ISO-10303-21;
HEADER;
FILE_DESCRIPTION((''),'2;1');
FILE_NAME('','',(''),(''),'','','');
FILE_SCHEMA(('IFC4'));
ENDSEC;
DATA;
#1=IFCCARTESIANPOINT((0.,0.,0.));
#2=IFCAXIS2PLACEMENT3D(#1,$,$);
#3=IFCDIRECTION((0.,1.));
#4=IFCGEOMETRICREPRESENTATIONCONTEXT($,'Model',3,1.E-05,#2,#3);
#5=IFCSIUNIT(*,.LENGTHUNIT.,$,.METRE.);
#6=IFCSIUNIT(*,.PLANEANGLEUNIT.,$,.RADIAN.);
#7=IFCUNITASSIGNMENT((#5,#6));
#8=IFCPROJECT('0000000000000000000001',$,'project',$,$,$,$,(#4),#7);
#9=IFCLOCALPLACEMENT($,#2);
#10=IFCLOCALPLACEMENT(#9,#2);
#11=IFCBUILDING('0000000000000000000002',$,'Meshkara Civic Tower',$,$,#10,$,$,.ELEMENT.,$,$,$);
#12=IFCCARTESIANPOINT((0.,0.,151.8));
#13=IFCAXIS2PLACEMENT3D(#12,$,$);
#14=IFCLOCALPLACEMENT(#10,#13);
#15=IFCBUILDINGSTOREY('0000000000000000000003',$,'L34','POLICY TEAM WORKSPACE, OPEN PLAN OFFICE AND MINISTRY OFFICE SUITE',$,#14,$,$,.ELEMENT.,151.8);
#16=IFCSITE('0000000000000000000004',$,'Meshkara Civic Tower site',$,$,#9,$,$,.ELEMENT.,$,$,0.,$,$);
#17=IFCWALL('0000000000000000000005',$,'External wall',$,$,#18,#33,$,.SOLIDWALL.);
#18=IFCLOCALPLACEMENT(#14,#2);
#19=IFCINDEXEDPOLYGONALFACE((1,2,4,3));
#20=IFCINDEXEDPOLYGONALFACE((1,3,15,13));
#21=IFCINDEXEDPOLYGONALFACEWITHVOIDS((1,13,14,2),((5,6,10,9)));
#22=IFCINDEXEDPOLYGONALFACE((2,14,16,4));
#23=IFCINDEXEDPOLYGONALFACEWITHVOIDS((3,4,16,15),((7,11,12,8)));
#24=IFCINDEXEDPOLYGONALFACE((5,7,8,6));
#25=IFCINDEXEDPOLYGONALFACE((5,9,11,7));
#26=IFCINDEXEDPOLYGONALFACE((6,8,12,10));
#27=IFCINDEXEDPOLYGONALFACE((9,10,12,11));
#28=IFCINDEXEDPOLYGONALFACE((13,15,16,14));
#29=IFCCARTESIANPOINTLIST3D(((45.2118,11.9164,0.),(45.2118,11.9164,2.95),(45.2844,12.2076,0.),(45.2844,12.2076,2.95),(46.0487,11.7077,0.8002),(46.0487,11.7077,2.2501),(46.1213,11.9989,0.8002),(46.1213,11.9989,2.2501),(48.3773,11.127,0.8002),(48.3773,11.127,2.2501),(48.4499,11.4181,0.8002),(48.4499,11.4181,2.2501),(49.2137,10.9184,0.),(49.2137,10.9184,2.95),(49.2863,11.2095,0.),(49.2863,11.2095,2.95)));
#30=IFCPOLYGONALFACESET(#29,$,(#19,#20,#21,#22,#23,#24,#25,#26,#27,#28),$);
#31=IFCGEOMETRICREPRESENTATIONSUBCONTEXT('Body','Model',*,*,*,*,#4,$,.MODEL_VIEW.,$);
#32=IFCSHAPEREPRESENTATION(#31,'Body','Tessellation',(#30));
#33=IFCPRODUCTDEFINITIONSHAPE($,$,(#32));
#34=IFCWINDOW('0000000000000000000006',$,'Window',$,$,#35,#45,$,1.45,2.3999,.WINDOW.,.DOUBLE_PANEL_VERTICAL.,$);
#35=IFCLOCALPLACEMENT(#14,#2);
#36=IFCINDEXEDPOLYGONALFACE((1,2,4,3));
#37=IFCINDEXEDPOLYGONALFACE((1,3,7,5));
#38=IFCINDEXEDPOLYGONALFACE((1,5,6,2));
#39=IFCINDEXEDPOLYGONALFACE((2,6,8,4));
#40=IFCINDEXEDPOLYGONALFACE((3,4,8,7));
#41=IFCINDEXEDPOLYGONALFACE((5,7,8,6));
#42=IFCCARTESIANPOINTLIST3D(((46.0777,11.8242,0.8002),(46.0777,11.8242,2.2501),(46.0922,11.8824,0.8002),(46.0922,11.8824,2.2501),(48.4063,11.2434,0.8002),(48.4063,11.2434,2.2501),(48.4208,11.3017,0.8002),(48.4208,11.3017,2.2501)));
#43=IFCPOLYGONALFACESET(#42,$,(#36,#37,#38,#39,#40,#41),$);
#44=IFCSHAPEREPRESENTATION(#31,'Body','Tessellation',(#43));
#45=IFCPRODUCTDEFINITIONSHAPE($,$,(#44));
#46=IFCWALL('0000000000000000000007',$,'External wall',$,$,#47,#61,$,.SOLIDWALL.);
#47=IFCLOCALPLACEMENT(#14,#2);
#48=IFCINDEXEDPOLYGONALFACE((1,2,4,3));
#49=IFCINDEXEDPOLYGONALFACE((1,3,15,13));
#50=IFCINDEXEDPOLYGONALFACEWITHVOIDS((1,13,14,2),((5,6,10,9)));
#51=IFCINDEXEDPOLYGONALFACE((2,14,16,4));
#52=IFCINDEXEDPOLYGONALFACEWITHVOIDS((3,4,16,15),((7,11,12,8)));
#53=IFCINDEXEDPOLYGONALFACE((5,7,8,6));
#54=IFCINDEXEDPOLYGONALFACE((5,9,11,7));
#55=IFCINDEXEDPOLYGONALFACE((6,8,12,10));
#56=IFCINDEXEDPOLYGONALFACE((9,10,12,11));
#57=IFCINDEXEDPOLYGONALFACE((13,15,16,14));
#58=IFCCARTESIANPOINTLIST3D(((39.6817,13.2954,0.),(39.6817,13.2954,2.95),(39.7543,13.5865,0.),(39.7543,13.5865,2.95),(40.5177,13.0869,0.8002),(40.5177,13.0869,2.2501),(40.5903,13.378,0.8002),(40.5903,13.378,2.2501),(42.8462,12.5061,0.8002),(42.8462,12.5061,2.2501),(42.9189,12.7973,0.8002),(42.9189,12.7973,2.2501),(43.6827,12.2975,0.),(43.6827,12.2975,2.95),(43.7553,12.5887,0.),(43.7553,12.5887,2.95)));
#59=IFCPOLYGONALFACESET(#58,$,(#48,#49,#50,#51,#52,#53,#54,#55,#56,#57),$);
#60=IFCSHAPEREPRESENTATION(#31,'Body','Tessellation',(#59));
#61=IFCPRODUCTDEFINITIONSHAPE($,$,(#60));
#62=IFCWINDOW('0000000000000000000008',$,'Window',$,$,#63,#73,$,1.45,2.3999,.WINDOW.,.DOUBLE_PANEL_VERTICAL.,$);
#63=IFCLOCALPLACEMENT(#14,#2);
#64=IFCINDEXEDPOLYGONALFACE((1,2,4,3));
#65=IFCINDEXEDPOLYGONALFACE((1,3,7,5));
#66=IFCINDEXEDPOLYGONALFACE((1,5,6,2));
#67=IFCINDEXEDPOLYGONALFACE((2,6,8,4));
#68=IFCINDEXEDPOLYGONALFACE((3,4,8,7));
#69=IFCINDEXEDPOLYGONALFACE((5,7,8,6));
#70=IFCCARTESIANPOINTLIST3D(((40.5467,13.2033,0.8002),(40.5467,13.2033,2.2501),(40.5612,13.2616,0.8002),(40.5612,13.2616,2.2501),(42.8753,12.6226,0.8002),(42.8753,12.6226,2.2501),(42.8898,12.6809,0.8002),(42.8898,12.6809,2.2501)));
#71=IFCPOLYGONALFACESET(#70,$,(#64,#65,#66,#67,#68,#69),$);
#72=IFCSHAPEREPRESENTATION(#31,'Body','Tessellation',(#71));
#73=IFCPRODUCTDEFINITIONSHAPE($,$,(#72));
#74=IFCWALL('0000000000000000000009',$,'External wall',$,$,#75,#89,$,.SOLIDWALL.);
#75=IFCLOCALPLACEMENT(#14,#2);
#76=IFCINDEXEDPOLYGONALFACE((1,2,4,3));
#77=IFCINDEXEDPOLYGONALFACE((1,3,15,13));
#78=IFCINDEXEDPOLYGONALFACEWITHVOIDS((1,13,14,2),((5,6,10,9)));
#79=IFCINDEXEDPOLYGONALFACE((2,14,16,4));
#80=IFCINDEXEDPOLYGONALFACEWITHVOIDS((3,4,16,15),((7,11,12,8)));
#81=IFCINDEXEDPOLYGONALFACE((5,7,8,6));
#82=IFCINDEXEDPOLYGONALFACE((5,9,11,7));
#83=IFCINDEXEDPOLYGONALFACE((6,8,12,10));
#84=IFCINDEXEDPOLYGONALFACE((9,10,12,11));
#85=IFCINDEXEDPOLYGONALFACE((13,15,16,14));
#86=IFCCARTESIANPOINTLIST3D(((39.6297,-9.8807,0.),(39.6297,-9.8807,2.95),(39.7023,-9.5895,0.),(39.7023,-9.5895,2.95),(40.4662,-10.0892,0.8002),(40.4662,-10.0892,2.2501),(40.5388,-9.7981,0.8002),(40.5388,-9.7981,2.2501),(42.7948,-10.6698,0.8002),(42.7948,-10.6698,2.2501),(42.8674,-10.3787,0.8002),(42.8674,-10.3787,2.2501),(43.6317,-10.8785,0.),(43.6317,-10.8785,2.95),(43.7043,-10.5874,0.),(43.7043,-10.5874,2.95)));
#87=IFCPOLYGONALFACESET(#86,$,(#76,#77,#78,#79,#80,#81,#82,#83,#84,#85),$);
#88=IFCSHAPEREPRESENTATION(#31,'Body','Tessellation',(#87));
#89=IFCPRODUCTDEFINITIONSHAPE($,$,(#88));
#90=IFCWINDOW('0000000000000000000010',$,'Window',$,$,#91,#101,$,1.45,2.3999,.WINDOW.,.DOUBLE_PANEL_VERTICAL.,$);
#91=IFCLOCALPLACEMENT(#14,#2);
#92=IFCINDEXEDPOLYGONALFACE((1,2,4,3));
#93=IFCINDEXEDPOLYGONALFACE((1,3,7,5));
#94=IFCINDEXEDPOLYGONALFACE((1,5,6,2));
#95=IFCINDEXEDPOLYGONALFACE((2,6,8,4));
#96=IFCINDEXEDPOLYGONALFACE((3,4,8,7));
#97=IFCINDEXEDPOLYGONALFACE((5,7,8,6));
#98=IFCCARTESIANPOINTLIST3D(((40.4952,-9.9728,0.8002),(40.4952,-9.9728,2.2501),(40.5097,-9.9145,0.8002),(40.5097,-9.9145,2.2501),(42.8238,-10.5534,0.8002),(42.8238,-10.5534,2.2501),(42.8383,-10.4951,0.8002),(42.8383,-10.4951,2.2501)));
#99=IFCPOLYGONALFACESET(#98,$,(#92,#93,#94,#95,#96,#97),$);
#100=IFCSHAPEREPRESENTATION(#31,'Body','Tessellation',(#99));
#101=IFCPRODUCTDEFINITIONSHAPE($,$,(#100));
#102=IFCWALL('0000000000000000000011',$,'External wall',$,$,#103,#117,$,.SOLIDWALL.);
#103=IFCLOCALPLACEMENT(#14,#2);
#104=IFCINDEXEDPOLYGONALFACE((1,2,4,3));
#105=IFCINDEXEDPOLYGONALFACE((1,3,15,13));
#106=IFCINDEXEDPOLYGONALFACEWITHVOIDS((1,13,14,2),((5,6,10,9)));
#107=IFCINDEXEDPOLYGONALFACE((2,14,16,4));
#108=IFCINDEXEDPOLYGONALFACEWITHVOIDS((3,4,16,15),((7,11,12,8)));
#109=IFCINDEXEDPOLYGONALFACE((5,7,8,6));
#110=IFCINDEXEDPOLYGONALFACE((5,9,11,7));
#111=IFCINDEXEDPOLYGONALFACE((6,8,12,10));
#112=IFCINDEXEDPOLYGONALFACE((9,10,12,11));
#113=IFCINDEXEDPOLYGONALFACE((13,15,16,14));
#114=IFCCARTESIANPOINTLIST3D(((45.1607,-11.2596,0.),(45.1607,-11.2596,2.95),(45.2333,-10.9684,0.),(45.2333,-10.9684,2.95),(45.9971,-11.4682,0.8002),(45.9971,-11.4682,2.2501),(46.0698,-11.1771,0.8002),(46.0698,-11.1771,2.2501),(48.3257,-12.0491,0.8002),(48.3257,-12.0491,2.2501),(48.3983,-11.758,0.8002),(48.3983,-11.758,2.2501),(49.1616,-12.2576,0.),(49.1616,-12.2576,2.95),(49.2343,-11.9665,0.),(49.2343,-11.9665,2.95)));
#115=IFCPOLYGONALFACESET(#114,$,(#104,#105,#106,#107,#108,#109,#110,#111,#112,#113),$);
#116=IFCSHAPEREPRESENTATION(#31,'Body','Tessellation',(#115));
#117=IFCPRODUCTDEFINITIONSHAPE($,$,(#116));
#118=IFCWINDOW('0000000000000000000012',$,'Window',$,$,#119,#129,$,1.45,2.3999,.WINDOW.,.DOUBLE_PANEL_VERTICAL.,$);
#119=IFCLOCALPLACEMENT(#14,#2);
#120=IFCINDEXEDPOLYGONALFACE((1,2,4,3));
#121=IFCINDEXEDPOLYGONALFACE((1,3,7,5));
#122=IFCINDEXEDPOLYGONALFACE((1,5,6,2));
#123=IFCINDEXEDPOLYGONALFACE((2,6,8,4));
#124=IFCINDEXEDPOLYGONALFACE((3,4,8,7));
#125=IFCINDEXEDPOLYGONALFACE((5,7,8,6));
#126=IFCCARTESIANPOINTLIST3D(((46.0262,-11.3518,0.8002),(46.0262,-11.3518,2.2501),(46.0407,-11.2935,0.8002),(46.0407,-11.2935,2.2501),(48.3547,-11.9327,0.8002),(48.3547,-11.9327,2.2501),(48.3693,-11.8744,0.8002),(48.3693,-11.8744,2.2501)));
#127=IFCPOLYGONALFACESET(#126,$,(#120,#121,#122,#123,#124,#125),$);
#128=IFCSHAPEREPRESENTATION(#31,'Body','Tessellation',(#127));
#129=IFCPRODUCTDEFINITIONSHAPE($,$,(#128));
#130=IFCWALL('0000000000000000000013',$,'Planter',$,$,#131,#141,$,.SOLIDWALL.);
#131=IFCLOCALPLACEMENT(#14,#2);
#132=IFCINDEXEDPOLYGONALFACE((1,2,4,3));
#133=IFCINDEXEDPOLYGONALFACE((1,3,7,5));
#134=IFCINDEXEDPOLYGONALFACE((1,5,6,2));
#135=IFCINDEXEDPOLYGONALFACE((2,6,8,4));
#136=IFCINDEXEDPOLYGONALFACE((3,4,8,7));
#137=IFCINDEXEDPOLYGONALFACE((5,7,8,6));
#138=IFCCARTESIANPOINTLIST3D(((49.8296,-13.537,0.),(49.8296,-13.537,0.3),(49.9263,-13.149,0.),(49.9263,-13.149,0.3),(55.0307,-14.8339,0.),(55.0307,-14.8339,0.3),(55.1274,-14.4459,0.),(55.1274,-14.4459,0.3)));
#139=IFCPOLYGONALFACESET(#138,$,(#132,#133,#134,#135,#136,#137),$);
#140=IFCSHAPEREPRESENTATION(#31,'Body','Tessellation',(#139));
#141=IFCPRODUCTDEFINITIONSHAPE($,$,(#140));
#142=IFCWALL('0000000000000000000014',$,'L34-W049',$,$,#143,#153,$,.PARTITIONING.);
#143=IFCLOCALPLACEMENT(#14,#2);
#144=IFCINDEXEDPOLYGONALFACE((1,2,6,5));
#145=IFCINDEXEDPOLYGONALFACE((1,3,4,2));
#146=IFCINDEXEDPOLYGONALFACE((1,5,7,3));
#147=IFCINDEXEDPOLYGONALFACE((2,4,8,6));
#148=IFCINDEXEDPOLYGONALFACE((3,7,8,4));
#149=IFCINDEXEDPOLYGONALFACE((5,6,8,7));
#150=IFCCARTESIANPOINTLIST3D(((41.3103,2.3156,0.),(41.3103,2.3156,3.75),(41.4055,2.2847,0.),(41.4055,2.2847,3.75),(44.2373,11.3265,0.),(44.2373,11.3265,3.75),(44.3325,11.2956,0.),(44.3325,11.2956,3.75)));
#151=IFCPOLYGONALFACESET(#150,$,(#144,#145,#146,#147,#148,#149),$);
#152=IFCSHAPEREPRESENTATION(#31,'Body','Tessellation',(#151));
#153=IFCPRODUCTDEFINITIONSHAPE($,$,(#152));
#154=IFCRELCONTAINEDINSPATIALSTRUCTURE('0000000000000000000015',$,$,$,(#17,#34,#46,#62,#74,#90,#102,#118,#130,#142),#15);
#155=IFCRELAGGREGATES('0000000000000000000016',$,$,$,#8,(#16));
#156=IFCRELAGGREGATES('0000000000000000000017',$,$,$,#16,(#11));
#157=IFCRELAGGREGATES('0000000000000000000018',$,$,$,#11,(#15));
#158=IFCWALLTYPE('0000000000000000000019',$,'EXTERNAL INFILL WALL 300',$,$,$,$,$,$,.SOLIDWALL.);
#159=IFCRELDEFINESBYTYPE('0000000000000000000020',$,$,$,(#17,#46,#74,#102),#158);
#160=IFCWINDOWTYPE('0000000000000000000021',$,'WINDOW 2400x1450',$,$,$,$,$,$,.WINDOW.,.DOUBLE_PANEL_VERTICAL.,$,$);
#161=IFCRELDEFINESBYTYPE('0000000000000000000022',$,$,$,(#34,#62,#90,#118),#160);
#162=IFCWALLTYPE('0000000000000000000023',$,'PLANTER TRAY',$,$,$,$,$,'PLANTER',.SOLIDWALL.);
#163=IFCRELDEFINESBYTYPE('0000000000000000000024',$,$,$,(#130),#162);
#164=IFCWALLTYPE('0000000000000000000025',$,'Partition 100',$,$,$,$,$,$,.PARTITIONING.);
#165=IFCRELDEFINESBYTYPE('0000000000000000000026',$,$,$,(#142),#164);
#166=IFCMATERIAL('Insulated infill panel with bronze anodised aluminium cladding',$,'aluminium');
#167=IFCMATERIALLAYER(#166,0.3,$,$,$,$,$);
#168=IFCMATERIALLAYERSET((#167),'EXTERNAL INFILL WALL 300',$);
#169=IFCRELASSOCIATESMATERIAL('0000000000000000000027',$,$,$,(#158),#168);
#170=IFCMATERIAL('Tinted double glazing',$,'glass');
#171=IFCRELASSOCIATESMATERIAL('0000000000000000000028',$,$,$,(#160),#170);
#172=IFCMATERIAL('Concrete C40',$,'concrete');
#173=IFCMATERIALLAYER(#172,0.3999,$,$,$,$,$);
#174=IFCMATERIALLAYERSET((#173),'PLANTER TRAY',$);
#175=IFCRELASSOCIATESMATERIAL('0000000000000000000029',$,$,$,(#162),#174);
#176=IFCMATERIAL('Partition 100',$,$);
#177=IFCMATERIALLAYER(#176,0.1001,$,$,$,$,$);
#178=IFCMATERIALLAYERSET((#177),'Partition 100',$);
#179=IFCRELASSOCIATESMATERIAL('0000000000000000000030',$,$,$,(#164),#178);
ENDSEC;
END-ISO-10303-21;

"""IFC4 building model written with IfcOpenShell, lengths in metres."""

from ifc_helpers import new_model, si_unit, direction, frame, frame_2d, origin, place, context, subcontext, project, spatial, rectangle, extrude, material, layer, layer_set, type_object, element, fill, save


model = new_model("IFC4")

# Units and contexts
model_context = context("Model", 3, precision=1e-05, world=origin(), true_north=direction((0.0, 1.0)))
body_context = subcontext(model_context, "Body", "Model", "MODEL_VIEW")
ifc_project = project(units=[si_unit("LENGTHUNIT", "METRE"), si_unit("PLANEANGLEUNIT", "RADIAN")], contexts=[model_context])

# Site, building, storey
site_placement = place(None, origin())
site = spatial("IfcSite", under=ifc_project, at=site_placement, Name="Meshkara Civic Tower site", CompositionType="ELEMENT", RefElevation=0.0)
building_placement = place(site_placement, origin())
building = spatial("IfcBuilding", under=site, at=building_placement, Name="Meshkara Civic Tower", CompositionType="ELEMENT")
storey_placement = place(building_placement, frame((0.0, 0.0, 151.8)))
storey = spatial("IfcBuildingStorey", under=building, at=storey_placement, Name="L34", Description="POLICY TEAM WORKSPACE, OPEN PLAN OFFICE AND MINISTRY OFFICE SUITE", CompositionType="ELEMENT", Elevation=151.8)

# Walls, openings, windows
ifc_material_1 = material(Name="Insulated infill panel with bronze anodised aluminium cladding", Category="aluminium")
ifc_layer_1 = layer(ifc_material_1, 0.3)
ifc_layer_set_1 = layer_set([ifc_layer_1], Name="EXTERNAL INFILL WALL 300")
wall_type_1 = type_object("IfcWallType", Name="EXTERNAL INFILL WALL 300", PredefinedType="SOLIDWALL", material=ifc_layer_set_1)
wall_1_placement = place(storey_placement, frame((49.25, 11.064, 0.0), z_axis=(0.0, 0.0, 1.0), x_axis=(-0.970282, 0.241978, 0.0)))
wall_1 = element("IfcWall", 1, at=wall_1_placement, inside=storey, type_object=wall_type_1, Name="External wall", PredefinedType="SOLIDWALL", context=body_context, shape_type="SweptSolid", body=[
    extrude(rectangle(XDim=4.1245, YDim=0.3, at=frame_2d((2.0623, 0.0))), origin(), (0.0, 0.0, 1.0), 2.95),
])
opening_1_placement = place(wall_1_placement, frame((0.8621, 0.0, 0.8)))
opening_1 = element("IfcOpeningElement", 2, at=opening_1_placement, cuts=wall_1, PredefinedType="OPENING", context=body_context, shape_type="SweptSolid", body=[
    extrude(rectangle(XDim=2.3999, YDim=1.45, at=frame_2d((1.2, 0.7251))), frame((0.0, 0.1599, 0.0), z_axis=(0.0, -1.0, 0.0), x_axis=(1.0, 0.0, 0.0)), (0.0, 0.0, 1.0), 0.3201),
])
ifc_material_2 = material(Name="Tinted double glazing", Category="glass")
window_type = type_object("IfcWindowType", Name="WINDOW 2400x1450", PartitioningType="DOUBLE_PANEL_VERTICAL", PredefinedType="WINDOW", material=ifc_material_2)
window_1_placement = place(opening_1_placement, origin())
window_1 = element("IfcWindow", 3, at=window_1_placement, inside=storey, type_object=window_type, Name="Window", OverallHeight=1.45, OverallWidth=2.3999, PartitioningType="DOUBLE_PANEL_VERTICAL", PredefinedType="WINDOW", context=body_context, shape_type="SweptSolid", body=[
    extrude(rectangle(XDim=2.3999, YDim=1.45, at=frame_2d((1.2, 0.7251))), frame((0.0, 0.03, 0.0), z_axis=(0.0, -1.0, 0.0), x_axis=(1.0, 0.0, 0.0)), (0.0, 0.0, 1.0), 0.0601),
])
fill(opening_1, window_1)
wall_2_placement = place(storey_placement, frame((43.719, 12.4431, 0.0), z_axis=(0.0, 0.0, 1.0), x_axis=(-0.970282, 0.241978, 0.0)))
wall_2 = element("IfcWall", 4, at=wall_2_placement, inside=storey, type_object=wall_type_1, Name="External wall", PredefinedType="SOLIDWALL", context=body_context, shape_type="SweptSolid", body=[
    extrude(rectangle(XDim=4.1235, YDim=0.3, at=frame_2d((2.0618, 0.0))), origin(), (0.0, 0.0, 1.0), 2.95),
])
opening_2_placement = place(wall_2_placement, frame((0.8621, 0.0, 0.8)))
opening_2 = element("IfcOpeningElement", 5, at=opening_2_placement, cuts=wall_2, PredefinedType="OPENING", context=body_context, shape_type="SweptSolid", body=[
    extrude(rectangle(XDim=2.3999, YDim=1.45, at=frame_2d((1.2, 0.7251))), frame((0.0, 0.1599, 0.0), z_axis=(0.0, -1.0, 0.0), x_axis=(1.0, 0.0, 0.0)), (0.0, 0.0, 1.0), 0.3201),
])
window_2_placement = place(opening_2_placement, origin())
window_2 = element("IfcWindow", 6, at=window_2_placement, inside=storey, type_object=window_type, Name="Window", OverallHeight=1.45, OverallWidth=2.3999, PartitioningType="DOUBLE_PANEL_VERTICAL", PredefinedType="WINDOW", context=body_context, shape_type="SweptSolid", body=[
    extrude(rectangle(XDim=2.3999, YDim=1.45, at=frame_2d((1.2, 0.7251))), frame((0.0, 0.03, 0.0), z_axis=(0.0, -1.0, 0.0), x_axis=(1.0, 0.0, 0.0)), (0.0, 0.0, 1.0), 0.0601),
])
fill(opening_2, window_2)
wall_3_placement = place(storey_placement, frame((39.666, -9.7351, 0.0), z_axis=(0.0, 0.0, 1.0), x_axis=(0.970296, -0.241923, 0.0)))
wall_3 = element("IfcWall", 7, at=wall_3_placement, inside=storey, type_object=wall_type_1, Name="External wall", PredefinedType="SOLIDWALL", context=body_context, shape_type="SweptSolid", body=[
    extrude(rectangle(XDim=4.1245, YDim=0.3, at=frame_2d((2.0623, 0.0))), origin(), (0.0, 0.0, 1.0), 2.95),
])
opening_3_placement = place(wall_3_placement, frame((0.8621, 0.0, 0.8)))
opening_3 = element("IfcOpeningElement", 8, at=opening_3_placement, cuts=wall_3, PredefinedType="OPENING", context=body_context, shape_type="SweptSolid", body=[
    extrude(rectangle(XDim=2.3999, YDim=1.45, at=frame_2d((1.2, 0.7251))), frame((0.0, 0.1599, 0.0), z_axis=(0.0, -1.0, 0.0), x_axis=(1.0, 0.0, 0.0)), (0.0, 0.0, 1.0), 0.3201),
])
window_3_placement = place(opening_3_placement, origin())
window_3 = element("IfcWindow", 9, at=window_3_placement, inside=storey, type_object=window_type, Name="Window", OverallHeight=1.45, OverallWidth=2.3999, PartitioningType="DOUBLE_PANEL_VERTICAL", PredefinedType="WINDOW", context=body_context, shape_type="SweptSolid", body=[
    extrude(rectangle(XDim=2.3999, YDim=1.45, at=frame_2d((1.2, 0.7251))), frame((0.0, 0.03, 0.0), z_axis=(0.0, -1.0, 0.0), x_axis=(1.0, 0.0, 0.0)), (0.0, 0.0, 1.0), 0.0601),
])
fill(opening_3, window_3)
wall_4_placement = place(storey_placement, frame((45.197, -11.114, 0.0), z_axis=(0.0, 0.0, 1.0), x_axis=(0.970268, -0.242034, 0.0)))
wall_4 = element("IfcWall", 10, at=wall_4_placement, inside=storey, type_object=wall_type_1, Name="External wall", PredefinedType="SOLIDWALL", context=body_context, shape_type="SweptSolid", body=[
    extrude(rectangle(XDim=4.1235, YDim=0.3, at=frame_2d((2.0618, 0.0))), origin(), (0.0, 0.0, 1.0), 2.95),
])
opening_4_placement = place(wall_4_placement, frame((0.8621, 0.0, 0.8)))
opening_4 = element("IfcOpeningElement", 11, at=opening_4_placement, cuts=wall_4, PredefinedType="OPENING", context=body_context, shape_type="SweptSolid", body=[
    extrude(rectangle(XDim=2.3999, YDim=1.45, at=frame_2d((1.2, 0.7251))), frame((0.0, 0.1599, 0.0), z_axis=(0.0, -1.0, 0.0), x_axis=(1.0, 0.0, 0.0)), (0.0, 0.0, 1.0), 0.3201),
])
window_4_placement = place(opening_4_placement, origin())
window_4 = element("IfcWindow", 12, at=window_4_placement, inside=storey, type_object=window_type, Name="Window", OverallHeight=1.45, OverallWidth=2.3999, PartitioningType="DOUBLE_PANEL_VERTICAL", PredefinedType="WINDOW", context=body_context, shape_type="SweptSolid", body=[
    extrude(rectangle(XDim=2.3999, YDim=1.45, at=frame_2d((1.2, 0.7251))), frame((0.0, 0.03, 0.0), z_axis=(0.0, -1.0, 0.0), x_axis=(1.0, 0.0, 0.0)), (0.0, 0.0, 1.0), 0.0601),
])
fill(opening_4, window_4)

# Walls
ifc_material_3 = material(Name="Concrete C40", Category="concrete")
ifc_layer_2 = layer(ifc_material_3, 0.3999)
ifc_layer_set_2 = layer_set([ifc_layer_2], Name="PLANTER TRAY")
wall_type_2 = type_object("IfcWallType", Name="PLANTER TRAY", ElementType="PLANTER", PredefinedType="SOLIDWALL", material=ifc_layer_set_2)
wall_5_placement = place(storey_placement, frame((49.8779, -13.343, 0.0), z_axis=(0.0, 0.0, 1.0), x_axis=(0.970292, -0.241935, 0.0)))
element("IfcWall", 13, at=wall_5_placement, inside=storey, type_object=wall_type_2, Name="Planter", PredefinedType="SOLIDWALL", context=body_context, shape_type="SweptSolid", body=[
    extrude(rectangle(XDim=5.3604, YDim=0.3999, at=frame_2d((2.6802, 0.0))), origin(), (0.0, 0.0, 1.0), 0.3),
])
ifc_material_4 = material(Name="Partition 100")
ifc_layer_3 = layer(ifc_material_4, 0.1001)
ifc_layer_set_3 = layer_set([ifc_layer_3], Name="Partition 100")
wall_type_3 = type_object("IfcWallType", Name="Partition 100", PredefinedType="PARTITIONING", material=ifc_layer_set_3)
wall_6_placement = place(storey_placement, frame((41.3579, 2.3, 0.0), z_axis=(0.0, 0.0, 1.0), x_axis=(0.308936, 0.951083, 0.0)))
element("IfcWall", 14, at=wall_6_placement, inside=storey, type_object=wall_type_3, Name="L34-W049", PredefinedType="PARTITIONING", context=body_context, shape_type="SweptSolid", body=[
    extrude(rectangle(XDim=9.4744, YDim=0.1001, at=frame_2d((4.7373, 0.0))), origin(), (0.0, 0.0, 1.0), 3.75),
])

save(model, "model.ifc")
